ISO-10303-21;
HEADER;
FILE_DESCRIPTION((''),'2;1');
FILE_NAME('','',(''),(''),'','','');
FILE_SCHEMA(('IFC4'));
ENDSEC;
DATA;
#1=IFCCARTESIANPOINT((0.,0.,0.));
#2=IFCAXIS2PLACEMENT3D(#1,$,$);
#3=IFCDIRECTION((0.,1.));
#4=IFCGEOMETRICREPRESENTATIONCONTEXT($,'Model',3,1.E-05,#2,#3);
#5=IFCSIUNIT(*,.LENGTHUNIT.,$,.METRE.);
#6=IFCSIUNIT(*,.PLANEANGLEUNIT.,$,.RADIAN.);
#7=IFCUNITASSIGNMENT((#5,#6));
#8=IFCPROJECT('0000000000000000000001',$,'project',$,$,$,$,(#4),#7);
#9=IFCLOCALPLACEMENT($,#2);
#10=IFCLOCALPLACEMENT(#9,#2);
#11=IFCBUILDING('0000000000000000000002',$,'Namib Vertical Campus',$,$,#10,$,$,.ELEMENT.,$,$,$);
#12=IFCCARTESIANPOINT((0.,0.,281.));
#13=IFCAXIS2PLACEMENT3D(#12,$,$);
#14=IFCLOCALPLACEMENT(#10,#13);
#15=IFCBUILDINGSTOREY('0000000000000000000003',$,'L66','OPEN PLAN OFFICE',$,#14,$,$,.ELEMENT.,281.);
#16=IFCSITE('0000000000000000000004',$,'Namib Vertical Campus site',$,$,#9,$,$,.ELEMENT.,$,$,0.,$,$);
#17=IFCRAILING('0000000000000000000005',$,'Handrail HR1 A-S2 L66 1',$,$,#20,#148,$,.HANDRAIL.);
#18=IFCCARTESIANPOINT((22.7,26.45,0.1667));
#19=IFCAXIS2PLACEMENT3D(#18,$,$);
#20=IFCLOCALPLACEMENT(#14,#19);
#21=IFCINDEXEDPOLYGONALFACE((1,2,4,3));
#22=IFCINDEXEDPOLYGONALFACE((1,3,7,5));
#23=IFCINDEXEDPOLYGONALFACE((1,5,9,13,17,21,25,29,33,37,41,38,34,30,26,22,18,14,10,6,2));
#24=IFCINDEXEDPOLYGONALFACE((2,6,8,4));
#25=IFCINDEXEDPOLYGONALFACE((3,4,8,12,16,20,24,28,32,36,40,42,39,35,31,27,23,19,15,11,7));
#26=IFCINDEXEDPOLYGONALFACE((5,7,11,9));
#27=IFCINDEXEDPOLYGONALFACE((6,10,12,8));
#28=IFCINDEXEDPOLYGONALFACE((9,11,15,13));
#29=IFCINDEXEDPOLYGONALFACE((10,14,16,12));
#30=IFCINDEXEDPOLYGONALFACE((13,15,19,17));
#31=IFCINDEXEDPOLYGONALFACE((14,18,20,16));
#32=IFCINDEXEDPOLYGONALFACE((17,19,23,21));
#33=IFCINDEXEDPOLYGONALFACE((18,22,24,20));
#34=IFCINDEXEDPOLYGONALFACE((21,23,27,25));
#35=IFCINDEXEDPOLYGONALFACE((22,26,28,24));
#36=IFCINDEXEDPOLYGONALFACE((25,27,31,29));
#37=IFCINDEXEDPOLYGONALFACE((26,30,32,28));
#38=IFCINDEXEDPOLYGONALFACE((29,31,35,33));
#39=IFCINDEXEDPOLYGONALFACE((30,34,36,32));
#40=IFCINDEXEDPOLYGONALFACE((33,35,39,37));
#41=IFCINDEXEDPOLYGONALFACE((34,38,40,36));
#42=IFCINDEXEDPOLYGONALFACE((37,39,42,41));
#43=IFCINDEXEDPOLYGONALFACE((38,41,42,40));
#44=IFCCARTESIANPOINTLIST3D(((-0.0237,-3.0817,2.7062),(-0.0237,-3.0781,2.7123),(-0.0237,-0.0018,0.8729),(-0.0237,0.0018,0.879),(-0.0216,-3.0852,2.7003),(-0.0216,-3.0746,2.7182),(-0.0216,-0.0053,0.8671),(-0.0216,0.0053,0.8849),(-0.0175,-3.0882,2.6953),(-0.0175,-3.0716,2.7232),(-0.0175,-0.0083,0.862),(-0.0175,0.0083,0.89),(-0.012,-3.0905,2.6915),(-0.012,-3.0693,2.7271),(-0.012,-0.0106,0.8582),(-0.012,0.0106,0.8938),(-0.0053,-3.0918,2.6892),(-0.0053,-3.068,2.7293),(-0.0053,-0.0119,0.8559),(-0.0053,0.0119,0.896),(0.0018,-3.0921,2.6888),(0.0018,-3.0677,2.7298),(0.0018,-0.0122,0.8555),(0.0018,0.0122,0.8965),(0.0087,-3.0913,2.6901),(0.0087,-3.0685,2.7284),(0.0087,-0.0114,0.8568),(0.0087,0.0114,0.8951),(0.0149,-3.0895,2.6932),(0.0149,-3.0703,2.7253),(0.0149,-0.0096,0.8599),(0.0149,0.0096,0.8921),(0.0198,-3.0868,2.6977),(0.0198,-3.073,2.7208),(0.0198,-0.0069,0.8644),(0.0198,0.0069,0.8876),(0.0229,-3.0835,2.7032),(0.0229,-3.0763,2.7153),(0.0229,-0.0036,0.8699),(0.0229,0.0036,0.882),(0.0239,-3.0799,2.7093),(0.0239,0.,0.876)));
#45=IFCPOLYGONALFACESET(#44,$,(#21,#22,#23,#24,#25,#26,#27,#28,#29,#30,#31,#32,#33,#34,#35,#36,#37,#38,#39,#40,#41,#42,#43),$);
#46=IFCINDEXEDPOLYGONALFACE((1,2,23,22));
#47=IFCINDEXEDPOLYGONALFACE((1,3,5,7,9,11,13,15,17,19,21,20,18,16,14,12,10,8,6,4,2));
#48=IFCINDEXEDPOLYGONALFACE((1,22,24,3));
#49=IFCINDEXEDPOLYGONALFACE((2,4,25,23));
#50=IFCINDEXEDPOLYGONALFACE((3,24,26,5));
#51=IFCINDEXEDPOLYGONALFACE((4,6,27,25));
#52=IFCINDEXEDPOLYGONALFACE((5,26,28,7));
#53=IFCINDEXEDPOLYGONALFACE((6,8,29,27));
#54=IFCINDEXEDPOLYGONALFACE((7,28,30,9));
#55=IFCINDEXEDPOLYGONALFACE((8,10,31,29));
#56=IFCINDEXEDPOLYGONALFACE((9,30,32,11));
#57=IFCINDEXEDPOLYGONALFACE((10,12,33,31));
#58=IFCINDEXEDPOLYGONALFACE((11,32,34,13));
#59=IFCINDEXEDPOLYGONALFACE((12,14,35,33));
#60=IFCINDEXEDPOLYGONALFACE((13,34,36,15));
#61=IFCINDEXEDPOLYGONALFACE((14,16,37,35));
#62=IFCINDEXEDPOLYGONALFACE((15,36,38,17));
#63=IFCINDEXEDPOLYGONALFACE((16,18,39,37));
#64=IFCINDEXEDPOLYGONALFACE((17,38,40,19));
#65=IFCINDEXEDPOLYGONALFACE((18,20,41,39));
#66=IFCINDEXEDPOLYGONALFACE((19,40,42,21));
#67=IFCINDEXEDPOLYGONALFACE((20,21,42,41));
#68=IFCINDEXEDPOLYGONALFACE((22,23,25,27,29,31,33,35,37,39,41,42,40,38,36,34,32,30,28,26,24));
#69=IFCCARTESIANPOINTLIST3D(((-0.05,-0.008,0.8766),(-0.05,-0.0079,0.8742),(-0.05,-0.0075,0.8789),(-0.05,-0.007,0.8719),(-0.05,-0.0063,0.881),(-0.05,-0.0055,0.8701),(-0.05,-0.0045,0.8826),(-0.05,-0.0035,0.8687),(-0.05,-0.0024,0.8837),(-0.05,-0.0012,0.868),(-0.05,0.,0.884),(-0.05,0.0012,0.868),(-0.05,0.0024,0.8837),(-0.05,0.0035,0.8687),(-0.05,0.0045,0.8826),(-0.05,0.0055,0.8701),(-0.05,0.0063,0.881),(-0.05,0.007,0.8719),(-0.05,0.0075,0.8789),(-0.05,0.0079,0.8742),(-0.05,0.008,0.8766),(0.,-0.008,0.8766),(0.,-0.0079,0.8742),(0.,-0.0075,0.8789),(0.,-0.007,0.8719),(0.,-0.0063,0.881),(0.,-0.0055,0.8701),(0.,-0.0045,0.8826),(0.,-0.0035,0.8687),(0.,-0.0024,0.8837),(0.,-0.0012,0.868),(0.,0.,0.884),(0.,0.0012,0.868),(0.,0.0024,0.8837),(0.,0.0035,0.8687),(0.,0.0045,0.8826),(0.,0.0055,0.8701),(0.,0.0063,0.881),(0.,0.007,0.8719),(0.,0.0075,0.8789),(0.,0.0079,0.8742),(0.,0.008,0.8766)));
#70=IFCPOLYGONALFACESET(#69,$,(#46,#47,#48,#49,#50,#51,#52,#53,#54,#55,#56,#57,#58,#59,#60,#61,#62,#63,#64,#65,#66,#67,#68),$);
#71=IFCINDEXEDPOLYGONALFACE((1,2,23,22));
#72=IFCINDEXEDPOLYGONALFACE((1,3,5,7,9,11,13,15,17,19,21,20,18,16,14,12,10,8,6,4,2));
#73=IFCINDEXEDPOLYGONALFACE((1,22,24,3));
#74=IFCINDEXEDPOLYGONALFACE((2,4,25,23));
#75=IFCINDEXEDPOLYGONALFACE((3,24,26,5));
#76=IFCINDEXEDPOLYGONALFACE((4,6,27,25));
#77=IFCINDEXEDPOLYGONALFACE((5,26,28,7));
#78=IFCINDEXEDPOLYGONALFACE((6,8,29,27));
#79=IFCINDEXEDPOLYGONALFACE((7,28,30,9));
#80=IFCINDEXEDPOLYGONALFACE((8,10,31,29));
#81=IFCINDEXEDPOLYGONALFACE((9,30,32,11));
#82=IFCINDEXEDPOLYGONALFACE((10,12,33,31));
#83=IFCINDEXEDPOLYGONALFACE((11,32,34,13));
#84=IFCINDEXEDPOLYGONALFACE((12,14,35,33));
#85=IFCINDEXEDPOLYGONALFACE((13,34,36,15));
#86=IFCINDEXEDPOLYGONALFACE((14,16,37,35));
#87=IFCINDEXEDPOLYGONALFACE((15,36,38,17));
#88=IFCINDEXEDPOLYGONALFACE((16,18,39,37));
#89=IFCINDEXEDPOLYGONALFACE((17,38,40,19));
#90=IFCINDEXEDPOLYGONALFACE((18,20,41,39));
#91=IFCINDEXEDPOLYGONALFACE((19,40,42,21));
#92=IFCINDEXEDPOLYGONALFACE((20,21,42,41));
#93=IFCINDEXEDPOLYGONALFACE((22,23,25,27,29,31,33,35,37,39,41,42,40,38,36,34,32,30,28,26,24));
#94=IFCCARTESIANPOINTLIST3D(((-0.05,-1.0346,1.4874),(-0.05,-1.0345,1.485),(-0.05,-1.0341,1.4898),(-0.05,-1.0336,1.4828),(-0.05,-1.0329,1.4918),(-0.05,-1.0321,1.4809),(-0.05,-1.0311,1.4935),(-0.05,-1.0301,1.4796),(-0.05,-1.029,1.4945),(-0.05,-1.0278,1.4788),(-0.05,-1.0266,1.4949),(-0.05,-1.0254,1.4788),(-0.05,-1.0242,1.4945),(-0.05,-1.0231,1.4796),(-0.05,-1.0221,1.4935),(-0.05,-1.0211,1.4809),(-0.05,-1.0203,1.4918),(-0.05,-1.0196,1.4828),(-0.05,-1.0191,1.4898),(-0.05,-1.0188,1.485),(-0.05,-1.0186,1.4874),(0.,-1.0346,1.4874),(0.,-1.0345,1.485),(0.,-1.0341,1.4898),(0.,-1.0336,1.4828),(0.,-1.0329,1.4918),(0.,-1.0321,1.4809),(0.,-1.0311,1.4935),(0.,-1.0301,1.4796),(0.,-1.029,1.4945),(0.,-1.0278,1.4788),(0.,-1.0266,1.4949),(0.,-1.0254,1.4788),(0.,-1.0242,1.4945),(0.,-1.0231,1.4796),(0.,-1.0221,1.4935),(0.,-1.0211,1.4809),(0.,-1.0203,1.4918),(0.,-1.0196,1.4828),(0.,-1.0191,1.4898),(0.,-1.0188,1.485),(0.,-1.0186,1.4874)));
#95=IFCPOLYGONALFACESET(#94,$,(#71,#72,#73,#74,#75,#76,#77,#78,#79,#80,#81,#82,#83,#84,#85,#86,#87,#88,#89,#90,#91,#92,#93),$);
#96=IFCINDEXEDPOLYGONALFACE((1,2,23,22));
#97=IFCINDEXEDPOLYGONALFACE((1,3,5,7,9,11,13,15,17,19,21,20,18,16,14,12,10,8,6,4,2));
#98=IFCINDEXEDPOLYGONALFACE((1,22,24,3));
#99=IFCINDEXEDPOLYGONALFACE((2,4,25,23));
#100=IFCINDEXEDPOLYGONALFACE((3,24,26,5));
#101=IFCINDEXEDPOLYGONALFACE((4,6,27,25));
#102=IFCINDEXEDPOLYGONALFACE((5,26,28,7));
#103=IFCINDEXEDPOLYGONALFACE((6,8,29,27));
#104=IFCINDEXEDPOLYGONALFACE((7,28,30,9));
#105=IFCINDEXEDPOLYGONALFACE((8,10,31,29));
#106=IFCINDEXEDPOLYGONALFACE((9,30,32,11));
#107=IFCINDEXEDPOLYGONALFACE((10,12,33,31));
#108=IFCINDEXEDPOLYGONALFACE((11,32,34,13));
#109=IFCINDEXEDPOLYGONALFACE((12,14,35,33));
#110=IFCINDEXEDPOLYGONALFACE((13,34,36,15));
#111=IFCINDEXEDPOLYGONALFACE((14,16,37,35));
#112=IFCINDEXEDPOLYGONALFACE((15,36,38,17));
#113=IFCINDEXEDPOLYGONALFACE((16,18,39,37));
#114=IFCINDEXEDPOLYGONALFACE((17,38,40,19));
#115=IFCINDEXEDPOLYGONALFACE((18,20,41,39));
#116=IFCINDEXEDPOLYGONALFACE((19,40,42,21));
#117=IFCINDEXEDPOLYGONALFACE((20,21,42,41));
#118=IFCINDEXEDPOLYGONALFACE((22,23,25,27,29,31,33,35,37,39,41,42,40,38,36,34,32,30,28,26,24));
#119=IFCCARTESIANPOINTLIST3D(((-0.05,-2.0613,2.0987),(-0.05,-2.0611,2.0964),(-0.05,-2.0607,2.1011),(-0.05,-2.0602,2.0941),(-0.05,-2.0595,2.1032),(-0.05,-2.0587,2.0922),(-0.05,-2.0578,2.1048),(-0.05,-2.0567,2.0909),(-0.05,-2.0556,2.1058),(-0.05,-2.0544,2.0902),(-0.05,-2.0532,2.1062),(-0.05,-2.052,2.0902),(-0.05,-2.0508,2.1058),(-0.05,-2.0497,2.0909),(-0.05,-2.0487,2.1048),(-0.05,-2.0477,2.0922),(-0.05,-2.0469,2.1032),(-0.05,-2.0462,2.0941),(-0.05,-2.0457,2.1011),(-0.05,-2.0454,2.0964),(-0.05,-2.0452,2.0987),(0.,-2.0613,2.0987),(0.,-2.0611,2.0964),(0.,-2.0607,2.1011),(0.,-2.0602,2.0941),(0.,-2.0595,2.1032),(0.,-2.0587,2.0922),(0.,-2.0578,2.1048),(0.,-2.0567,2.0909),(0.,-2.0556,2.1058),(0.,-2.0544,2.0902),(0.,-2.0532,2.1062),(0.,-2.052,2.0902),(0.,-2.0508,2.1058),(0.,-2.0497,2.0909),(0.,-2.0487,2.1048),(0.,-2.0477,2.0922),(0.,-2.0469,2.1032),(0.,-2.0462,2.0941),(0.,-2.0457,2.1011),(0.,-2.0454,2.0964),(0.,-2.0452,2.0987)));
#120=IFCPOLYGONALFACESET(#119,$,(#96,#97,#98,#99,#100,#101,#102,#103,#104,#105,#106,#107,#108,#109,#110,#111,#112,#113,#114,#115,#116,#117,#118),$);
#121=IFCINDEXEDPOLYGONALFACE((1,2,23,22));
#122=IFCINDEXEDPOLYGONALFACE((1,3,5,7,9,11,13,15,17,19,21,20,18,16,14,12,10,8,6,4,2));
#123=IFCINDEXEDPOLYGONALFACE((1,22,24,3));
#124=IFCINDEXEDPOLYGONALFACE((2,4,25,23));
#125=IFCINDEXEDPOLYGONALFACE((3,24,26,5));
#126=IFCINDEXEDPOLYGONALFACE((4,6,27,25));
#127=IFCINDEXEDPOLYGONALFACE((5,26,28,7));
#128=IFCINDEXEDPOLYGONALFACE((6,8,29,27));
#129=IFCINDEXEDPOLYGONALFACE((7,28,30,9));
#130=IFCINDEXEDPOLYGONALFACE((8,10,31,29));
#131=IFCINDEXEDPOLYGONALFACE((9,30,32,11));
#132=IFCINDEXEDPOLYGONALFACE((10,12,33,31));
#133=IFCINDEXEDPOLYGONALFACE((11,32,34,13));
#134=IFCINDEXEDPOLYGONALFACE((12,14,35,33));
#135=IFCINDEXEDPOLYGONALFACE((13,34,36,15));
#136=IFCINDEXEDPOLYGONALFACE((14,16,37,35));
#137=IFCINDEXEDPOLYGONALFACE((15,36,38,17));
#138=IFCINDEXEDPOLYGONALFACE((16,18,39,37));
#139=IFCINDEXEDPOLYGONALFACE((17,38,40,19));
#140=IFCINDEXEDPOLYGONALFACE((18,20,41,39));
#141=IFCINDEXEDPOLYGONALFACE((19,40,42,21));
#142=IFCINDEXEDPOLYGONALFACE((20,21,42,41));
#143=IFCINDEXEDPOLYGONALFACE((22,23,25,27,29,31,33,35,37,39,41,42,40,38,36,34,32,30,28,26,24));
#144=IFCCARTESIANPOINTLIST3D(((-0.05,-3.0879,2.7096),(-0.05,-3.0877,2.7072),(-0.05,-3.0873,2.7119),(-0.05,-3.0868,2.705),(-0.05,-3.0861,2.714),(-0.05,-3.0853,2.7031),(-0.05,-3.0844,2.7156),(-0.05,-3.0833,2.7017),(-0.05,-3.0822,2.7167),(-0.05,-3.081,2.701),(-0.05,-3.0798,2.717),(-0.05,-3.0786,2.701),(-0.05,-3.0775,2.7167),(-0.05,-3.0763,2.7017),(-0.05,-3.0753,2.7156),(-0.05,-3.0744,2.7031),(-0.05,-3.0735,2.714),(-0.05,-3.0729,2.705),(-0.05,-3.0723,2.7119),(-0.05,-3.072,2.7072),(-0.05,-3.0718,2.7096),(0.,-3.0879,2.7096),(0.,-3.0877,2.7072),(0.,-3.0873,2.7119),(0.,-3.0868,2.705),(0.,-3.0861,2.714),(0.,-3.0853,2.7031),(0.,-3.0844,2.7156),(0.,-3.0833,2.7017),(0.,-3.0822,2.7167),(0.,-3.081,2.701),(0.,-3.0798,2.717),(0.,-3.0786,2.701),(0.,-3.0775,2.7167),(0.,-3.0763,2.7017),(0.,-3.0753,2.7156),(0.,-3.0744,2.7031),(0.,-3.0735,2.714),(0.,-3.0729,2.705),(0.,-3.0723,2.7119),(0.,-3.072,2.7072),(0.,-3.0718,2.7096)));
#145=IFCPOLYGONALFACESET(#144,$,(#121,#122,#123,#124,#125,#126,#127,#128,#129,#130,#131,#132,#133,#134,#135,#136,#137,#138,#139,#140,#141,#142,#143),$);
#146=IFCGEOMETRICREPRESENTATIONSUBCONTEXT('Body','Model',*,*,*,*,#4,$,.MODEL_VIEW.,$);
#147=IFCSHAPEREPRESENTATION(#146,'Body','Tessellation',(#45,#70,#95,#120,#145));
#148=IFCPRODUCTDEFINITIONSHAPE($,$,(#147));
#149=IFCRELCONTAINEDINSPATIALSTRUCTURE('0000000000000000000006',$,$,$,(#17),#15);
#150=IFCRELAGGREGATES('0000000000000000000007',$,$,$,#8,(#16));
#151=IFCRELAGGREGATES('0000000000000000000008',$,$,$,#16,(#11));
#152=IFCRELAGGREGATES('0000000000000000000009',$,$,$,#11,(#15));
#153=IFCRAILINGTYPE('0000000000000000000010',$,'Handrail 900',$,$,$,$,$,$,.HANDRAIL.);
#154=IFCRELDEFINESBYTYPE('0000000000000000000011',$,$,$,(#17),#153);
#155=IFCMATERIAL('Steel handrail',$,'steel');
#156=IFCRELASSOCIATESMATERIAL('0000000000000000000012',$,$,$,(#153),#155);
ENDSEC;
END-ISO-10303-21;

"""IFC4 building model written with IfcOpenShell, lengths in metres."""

from ifc_helpers import new_model, si_unit, direction, frame, origin, origin_2d, place, context, subcontext, project, spatial, circle, extrude, material, type_object, element, save


model = new_model("IFC4")

# Units and contexts
model_context = context("Model", 3, precision=1e-05, world=origin(), true_north=direction((0.0, 1.0)))
body_context = subcontext(model_context, "Body", "Model", "MODEL_VIEW")
ifc_project = project(units=[si_unit("LENGTHUNIT", "METRE"), si_unit("PLANEANGLEUNIT", "RADIAN")], contexts=[model_context])

# Site, building, storey
site_placement = place(None, origin())
site = spatial("IfcSite", under=ifc_project, at=site_placement, Name="Namib Vertical Campus site", CompositionType="ELEMENT", RefElevation=0.0)
building_placement = place(site_placement, origin())
building = spatial("IfcBuilding", under=site, at=building_placement, Name="Namib Vertical Campus", CompositionType="ELEMENT")
storey_placement = place(building_placement, frame((0.0, 0.0, 281.0)))
storey = spatial("IfcBuildingStorey", under=building, at=storey_placement, Name="L66", Description="OPEN PLAN OFFICE", CompositionType="ELEMENT", Elevation=281.0)

# Railing
ifc_material_1 = material(Name="Steel handrail", Category="steel")
railing_type_1 = type_object("IfcRailingType", Name="Handrail 900", PredefinedType="HANDRAIL", material=ifc_material_1)
railing_1_placement = place(storey_placement, frame((22.7, 26.45, 0.1667)))
element("IfcRailing", 1, at=railing_1_placement, inside=storey, type_object=railing_type_1, Name="Handrail HR1 A-S2 L66 1", PredefinedType="HANDRAIL", context=body_context, shape_type="SweptSolid", body=[
    extrude(circle(Radius=0.0239, at=origin_2d()), frame((0.0, 0.0, 0.876), z_axis=(0.0, -0.859291, 0.511487), x_axis=(1.0, 0.0, 0.0)), (0.0, 0.0, 1.0), 3.5842),
    extrude(circle(Radius=0.0081, at=origin_2d()), frame((0.0, 0.0, 0.876), z_axis=(-1.0, 0.0, 0.0), x_axis=(0.0, 0.0, 1.0)), (0.0, 0.0, 1.0), 0.05),
    extrude(circle(Radius=0.0081, at=origin_2d()), frame((0.0, -1.0266, 1.4868), z_axis=(-1.0, 0.0, 0.0), x_axis=(0.0, 0.0, 1.0)), (0.0, 0.0, 1.0), 0.05),
    extrude(circle(Radius=0.0081, at=origin_2d()), frame((0.0, -2.0532, 2.0981), z_axis=(-1.0, 0.0, 0.0), x_axis=(0.0, 0.0, 1.0)), (0.0, 0.0, 1.0), 0.05),
    extrude(circle(Radius=0.0081, at=origin_2d()), frame((0.0, -3.0798, 2.709), z_axis=(-1.0, 0.0, 0.0), x_axis=(0.0, 0.0, 1.0)), (0.0, 0.0, 1.0), 0.05),
])

save(model, "model.ifc")
